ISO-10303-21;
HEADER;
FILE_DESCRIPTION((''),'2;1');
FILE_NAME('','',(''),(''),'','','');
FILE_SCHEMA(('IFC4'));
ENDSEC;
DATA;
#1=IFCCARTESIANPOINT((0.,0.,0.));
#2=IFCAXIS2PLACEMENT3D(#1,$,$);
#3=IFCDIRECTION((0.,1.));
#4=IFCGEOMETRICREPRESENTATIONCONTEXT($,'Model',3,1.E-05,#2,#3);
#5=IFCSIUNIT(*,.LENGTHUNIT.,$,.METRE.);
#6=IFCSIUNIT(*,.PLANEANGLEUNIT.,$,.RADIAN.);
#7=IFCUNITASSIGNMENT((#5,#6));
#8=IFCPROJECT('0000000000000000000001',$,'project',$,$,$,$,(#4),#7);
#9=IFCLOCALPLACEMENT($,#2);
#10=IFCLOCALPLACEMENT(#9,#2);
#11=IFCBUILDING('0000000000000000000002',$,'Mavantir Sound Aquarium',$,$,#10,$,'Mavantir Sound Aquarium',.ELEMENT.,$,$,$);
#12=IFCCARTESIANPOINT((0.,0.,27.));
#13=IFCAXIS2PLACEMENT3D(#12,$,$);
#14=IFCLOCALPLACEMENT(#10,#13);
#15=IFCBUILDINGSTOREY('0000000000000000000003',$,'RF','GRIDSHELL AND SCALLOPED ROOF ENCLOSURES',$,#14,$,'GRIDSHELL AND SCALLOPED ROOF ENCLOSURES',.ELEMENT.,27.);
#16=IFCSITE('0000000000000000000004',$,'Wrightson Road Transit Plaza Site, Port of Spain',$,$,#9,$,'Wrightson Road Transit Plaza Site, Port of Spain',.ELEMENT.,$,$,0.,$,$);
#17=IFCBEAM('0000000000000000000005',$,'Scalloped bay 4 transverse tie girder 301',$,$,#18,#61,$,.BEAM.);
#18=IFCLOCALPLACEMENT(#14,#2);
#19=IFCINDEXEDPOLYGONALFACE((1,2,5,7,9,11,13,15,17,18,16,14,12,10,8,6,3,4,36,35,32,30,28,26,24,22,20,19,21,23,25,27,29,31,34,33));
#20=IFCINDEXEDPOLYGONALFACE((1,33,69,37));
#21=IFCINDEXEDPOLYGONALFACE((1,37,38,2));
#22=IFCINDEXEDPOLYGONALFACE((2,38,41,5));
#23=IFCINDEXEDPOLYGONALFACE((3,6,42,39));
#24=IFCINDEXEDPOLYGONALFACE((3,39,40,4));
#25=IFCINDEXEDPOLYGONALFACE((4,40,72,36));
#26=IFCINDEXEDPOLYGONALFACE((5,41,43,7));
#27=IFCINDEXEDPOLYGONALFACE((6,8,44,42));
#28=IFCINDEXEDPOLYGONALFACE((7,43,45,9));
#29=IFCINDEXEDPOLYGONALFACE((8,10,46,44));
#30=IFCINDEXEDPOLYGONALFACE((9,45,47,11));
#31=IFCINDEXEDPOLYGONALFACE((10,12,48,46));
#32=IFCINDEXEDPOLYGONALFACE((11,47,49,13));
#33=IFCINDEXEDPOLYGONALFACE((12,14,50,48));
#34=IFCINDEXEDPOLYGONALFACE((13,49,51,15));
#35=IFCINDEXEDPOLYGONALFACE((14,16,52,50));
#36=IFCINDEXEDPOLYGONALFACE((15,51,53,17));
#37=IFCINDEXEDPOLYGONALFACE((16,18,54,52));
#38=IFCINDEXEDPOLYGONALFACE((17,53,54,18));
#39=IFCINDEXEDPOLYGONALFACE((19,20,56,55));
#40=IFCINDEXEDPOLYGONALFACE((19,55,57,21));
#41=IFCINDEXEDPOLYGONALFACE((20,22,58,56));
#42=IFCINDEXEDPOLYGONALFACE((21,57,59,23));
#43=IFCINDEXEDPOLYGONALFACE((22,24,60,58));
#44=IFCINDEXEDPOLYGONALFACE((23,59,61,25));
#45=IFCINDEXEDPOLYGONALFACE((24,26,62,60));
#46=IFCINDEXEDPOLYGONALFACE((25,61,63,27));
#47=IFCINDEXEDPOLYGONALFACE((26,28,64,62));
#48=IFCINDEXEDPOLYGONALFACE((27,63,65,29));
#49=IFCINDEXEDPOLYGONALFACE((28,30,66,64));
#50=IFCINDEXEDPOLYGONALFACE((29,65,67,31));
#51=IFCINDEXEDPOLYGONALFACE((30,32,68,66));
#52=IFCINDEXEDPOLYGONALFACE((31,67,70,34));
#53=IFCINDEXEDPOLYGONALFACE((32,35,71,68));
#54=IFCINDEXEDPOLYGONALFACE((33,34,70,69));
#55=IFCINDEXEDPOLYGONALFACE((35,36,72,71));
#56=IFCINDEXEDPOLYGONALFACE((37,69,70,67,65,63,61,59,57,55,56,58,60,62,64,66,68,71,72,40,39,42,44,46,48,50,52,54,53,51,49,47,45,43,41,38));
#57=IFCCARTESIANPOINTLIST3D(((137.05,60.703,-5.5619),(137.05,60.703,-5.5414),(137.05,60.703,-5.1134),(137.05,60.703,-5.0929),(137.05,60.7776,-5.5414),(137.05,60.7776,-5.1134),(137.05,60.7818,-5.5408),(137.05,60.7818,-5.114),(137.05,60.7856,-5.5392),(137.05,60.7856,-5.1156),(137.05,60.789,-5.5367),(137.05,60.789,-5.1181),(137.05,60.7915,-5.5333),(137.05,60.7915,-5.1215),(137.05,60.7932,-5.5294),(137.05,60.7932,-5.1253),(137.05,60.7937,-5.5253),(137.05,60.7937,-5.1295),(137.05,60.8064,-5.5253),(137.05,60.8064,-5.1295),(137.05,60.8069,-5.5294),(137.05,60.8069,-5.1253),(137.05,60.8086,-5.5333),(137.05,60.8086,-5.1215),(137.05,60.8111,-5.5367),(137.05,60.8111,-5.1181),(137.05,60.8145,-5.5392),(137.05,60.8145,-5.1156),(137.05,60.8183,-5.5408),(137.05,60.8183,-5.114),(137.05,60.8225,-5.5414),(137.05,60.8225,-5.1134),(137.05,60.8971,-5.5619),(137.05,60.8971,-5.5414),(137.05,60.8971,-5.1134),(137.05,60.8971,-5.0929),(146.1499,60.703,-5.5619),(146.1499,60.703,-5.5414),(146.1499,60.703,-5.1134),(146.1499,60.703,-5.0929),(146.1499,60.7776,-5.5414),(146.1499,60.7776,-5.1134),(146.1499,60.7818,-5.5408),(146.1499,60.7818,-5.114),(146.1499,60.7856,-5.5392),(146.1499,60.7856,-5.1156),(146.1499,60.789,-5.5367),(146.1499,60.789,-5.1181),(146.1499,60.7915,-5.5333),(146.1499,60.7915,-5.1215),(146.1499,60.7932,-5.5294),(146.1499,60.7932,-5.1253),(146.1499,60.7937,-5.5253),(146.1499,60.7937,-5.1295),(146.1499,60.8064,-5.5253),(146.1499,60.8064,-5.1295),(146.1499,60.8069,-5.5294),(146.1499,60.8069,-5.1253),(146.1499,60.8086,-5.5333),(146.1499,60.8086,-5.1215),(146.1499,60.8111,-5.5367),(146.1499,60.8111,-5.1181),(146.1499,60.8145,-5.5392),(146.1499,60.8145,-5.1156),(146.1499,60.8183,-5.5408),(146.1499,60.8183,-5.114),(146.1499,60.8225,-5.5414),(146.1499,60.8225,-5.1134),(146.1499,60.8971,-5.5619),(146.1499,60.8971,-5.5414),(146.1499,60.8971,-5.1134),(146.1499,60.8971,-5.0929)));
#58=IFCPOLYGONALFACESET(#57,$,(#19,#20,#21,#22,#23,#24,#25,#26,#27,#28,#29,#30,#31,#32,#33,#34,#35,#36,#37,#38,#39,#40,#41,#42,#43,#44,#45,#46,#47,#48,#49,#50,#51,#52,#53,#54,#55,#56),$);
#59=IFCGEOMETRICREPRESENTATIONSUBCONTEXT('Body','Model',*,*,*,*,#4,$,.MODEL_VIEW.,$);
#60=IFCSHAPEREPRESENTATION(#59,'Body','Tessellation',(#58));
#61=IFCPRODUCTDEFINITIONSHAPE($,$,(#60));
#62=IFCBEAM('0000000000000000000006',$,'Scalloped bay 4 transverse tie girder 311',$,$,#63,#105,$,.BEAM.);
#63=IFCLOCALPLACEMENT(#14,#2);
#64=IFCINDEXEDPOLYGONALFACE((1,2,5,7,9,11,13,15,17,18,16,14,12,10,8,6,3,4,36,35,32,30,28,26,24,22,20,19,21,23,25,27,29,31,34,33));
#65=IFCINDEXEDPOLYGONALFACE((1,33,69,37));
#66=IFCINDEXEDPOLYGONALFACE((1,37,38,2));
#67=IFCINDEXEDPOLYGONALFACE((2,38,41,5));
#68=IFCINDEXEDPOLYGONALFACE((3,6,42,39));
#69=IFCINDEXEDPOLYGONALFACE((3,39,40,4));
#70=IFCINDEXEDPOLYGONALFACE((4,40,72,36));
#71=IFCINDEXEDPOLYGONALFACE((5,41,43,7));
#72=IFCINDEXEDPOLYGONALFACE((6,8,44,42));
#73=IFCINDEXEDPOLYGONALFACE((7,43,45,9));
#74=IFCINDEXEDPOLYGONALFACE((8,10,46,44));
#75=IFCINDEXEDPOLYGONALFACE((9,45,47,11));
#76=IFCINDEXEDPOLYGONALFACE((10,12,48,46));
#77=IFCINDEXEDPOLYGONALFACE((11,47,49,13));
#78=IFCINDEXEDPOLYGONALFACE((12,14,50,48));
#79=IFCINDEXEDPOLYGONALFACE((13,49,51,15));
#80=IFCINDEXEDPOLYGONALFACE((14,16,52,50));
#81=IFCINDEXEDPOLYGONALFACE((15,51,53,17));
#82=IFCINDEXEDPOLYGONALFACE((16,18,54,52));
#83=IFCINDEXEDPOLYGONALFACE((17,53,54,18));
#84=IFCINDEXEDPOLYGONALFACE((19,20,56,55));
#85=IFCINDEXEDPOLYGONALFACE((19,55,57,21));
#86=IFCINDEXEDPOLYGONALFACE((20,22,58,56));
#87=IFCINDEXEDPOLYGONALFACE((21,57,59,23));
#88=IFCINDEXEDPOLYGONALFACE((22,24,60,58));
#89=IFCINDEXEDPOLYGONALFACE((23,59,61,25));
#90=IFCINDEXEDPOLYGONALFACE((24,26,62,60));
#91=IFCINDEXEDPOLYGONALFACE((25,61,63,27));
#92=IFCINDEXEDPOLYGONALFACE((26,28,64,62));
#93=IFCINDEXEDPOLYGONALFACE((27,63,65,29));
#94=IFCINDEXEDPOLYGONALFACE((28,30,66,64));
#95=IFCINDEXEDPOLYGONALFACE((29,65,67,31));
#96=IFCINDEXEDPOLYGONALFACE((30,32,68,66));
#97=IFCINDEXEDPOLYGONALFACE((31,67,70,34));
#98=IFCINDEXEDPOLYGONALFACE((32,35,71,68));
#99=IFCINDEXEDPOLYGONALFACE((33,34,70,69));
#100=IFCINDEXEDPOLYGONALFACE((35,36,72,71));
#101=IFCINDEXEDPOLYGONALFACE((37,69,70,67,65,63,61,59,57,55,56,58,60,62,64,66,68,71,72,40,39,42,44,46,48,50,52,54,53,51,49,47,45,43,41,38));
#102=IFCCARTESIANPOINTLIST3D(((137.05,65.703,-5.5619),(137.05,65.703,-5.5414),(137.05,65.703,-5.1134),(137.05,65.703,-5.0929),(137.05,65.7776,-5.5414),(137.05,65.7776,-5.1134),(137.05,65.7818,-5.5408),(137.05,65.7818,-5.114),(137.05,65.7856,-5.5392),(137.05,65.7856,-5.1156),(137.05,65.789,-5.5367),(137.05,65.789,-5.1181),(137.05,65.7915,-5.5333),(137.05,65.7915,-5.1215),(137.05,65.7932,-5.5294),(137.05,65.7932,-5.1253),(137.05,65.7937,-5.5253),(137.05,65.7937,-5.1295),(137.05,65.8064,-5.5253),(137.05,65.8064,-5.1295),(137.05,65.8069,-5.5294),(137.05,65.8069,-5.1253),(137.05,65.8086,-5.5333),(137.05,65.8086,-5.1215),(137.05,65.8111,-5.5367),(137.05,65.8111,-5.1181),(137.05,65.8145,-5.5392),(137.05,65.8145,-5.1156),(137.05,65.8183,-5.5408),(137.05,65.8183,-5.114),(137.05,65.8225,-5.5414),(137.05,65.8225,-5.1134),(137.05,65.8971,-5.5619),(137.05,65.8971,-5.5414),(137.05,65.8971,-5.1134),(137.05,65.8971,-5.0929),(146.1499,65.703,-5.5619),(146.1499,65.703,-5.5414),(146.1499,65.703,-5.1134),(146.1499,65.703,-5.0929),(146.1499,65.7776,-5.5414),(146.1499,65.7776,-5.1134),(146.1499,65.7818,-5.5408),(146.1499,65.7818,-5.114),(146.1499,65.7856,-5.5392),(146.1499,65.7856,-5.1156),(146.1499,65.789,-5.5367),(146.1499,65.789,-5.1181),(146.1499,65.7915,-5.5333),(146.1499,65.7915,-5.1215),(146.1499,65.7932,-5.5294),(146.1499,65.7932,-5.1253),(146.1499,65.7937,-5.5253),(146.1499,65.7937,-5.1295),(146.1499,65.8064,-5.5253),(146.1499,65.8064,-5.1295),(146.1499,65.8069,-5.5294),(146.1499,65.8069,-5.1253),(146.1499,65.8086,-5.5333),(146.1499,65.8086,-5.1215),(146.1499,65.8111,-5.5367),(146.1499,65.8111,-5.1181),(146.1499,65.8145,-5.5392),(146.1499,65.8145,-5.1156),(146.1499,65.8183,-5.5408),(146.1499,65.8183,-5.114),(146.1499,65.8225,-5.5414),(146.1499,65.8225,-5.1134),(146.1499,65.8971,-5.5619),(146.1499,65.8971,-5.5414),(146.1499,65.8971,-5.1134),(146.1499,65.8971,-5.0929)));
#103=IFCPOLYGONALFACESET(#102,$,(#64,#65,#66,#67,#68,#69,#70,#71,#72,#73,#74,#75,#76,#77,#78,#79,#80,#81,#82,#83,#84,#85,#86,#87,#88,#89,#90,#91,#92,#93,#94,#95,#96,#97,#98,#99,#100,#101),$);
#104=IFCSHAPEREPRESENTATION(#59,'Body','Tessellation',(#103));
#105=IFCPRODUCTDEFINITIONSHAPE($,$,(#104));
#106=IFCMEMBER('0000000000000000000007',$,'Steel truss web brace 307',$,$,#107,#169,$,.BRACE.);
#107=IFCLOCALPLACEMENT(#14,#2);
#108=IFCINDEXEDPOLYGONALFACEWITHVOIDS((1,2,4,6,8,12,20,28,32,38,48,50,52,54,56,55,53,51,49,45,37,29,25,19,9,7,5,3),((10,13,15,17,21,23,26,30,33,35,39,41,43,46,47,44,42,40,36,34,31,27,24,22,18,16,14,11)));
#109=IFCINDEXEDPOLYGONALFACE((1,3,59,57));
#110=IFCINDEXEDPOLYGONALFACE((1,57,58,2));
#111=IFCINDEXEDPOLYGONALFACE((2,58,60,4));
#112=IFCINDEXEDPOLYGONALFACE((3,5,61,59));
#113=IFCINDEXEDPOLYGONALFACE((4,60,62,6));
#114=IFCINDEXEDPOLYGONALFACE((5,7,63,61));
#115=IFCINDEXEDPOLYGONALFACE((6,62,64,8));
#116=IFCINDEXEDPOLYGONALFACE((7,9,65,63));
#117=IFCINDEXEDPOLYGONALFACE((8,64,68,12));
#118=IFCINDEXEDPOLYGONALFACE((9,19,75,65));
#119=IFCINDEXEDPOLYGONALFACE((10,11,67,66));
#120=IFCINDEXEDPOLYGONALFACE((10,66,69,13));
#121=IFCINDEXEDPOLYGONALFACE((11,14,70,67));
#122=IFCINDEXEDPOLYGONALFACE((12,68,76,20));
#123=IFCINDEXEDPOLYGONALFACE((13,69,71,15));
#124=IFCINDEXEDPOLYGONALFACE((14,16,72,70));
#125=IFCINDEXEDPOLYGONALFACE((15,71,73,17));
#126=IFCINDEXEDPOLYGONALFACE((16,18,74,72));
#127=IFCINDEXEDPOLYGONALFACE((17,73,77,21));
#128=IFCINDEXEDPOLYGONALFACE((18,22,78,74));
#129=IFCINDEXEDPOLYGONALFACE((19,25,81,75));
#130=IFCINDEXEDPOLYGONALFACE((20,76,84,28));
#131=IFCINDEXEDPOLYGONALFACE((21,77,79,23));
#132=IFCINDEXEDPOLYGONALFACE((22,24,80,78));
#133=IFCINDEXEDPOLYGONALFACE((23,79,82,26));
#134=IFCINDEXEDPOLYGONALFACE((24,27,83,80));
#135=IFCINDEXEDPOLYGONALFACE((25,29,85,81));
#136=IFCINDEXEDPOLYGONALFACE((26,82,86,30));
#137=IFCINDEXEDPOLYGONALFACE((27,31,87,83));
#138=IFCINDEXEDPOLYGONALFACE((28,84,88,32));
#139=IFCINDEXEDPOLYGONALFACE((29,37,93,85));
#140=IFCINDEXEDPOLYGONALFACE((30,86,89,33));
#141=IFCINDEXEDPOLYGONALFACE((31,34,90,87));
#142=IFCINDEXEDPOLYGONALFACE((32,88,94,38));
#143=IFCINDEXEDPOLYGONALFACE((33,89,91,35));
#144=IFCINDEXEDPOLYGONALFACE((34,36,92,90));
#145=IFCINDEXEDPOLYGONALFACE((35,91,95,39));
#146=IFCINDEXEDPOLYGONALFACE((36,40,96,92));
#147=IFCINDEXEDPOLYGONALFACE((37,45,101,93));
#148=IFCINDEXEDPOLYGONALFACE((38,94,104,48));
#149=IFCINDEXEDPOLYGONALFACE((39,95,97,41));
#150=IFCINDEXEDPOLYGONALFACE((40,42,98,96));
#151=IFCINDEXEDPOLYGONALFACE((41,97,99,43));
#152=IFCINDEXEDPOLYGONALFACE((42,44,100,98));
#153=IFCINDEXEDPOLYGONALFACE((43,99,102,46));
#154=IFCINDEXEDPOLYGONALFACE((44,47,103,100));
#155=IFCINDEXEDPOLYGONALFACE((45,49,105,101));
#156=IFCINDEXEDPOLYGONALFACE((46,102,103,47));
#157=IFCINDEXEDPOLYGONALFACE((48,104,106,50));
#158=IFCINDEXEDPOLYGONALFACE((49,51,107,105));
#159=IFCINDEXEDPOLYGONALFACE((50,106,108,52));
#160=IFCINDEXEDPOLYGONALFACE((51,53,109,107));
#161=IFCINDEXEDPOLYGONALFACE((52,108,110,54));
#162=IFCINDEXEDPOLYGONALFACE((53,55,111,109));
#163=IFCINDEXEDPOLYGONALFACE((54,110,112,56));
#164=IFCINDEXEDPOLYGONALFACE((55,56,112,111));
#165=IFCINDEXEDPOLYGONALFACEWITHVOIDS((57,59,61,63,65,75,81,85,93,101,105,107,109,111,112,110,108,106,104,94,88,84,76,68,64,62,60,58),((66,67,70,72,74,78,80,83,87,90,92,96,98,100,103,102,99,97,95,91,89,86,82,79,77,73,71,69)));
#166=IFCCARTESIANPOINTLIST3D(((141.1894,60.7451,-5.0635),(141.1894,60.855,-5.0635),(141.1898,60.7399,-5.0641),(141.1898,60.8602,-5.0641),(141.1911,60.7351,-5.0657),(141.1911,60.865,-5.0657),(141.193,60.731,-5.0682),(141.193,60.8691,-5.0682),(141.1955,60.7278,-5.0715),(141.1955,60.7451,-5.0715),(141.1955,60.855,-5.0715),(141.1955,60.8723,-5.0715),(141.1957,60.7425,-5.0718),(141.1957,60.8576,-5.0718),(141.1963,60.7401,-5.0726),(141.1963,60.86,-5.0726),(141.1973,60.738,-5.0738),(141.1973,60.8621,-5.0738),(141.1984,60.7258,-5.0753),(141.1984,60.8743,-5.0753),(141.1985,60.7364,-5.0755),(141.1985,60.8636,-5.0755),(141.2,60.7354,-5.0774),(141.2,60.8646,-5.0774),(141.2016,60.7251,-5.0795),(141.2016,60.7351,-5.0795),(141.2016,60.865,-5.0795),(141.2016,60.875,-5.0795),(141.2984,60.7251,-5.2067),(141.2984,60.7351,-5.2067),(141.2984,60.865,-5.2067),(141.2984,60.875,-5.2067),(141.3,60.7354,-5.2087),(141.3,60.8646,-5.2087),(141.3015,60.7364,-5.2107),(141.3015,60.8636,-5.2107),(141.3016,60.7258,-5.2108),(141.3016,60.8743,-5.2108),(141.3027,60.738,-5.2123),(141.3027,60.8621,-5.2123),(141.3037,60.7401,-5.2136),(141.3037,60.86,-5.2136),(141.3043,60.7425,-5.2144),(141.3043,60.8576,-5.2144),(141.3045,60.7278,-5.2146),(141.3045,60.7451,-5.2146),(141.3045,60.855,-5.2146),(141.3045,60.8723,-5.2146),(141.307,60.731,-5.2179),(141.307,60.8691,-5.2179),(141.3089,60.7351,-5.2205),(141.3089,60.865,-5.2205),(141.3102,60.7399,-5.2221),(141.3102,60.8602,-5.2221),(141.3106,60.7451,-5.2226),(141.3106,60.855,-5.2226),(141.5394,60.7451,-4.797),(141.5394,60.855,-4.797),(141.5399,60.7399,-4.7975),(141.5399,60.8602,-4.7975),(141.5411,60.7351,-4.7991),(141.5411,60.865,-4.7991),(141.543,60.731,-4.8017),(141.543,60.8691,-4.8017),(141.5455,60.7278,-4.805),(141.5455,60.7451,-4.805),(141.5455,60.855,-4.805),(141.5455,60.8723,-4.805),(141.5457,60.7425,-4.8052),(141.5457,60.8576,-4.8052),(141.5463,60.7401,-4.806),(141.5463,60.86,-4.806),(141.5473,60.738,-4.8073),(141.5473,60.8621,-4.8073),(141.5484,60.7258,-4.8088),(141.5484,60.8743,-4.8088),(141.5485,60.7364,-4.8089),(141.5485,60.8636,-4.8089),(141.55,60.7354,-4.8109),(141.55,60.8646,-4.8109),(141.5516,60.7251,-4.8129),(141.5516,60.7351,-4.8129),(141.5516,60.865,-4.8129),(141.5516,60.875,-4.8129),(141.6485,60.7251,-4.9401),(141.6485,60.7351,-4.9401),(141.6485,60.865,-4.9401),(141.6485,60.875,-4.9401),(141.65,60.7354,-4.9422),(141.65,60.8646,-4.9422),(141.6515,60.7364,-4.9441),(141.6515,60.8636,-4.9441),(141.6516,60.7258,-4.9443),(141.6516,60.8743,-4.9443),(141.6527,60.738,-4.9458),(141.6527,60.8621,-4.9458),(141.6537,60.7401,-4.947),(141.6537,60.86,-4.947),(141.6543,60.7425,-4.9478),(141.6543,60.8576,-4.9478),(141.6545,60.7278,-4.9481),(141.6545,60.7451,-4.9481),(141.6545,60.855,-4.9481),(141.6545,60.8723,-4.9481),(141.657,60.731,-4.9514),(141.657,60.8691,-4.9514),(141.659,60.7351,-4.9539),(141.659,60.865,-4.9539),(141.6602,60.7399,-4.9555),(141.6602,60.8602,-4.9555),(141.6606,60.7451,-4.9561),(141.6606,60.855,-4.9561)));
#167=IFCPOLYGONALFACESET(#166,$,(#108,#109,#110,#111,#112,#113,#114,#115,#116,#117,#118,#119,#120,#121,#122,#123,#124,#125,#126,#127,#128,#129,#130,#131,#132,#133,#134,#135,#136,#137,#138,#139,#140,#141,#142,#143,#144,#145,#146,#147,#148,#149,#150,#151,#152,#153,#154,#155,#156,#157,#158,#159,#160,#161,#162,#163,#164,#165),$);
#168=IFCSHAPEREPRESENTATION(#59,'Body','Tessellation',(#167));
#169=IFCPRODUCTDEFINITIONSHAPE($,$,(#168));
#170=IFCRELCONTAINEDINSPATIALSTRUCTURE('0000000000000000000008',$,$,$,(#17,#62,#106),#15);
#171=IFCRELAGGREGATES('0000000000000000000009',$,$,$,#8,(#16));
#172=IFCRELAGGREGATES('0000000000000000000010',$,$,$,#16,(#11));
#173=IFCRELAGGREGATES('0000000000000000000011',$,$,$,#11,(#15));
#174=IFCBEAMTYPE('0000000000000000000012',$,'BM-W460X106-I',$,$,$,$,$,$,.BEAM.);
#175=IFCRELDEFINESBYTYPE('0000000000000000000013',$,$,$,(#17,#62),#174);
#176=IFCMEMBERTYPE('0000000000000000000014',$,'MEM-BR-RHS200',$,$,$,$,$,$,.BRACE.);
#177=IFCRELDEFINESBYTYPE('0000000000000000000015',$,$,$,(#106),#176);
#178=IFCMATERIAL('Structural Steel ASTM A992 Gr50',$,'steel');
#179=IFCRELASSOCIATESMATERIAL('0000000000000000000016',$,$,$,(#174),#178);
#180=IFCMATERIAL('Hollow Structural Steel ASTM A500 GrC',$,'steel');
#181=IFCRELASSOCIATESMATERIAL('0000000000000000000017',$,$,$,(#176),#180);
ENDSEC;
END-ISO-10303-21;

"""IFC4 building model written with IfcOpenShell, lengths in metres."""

from ifc_helpers import new_model, si_unit, direction, frame, origin, origin_2d, place, context, subcontext, project, spatial, hollow_rectangle, i_section, extrude, material, material_profile, profile_set, type_object, element, save


model = new_model("IFC4")

# Units and contexts
model_context = context("Model", 3, precision=1e-05, world=origin(), true_north=direction((0.0, 1.0)))
body_context = subcontext(model_context, "Body", "Model", "MODEL_VIEW")
ifc_project = project(units=[si_unit("LENGTHUNIT", "METRE"), si_unit("PLANEANGLEUNIT", "RADIAN")], contexts=[model_context])

# Site, building, storey
site_placement = place(None, origin())
site = spatial("IfcSite", under=ifc_project, at=site_placement, Name="Wrightson Road Transit Plaza Site, Port of Spain", LongName="Wrightson Road Transit Plaza Site, Port of Spain", CompositionType="ELEMENT", RefElevation=0.0)
building_placement = place(site_placement, origin())
building = spatial("IfcBuilding", under=site, at=building_placement, Name="Mavantir Sound Aquarium", LongName="Mavantir Sound Aquarium", CompositionType="ELEMENT")
storey_placement = place(building_placement, frame((0.0, 0.0, 27.0)))
storey = spatial("IfcBuildingStorey", under=building, at=storey_placement, Name="RF", Description="GRIDSHELL AND SCALLOPED ROOF ENCLOSURES", LongName="GRIDSHELL AND SCALLOPED ROOF ENCLOSURES", CompositionType="ELEMENT", Elevation=27.0)

# Beams
ifc_material_1 = material(Name="Structural Steel ASTM A992 Gr50", Category="steel")
ifc_material_profile_1 = material_profile(ifc_material_1, i_section(OverallWidth=0.1941, OverallDepth=0.469, WebThickness=0.0127, FlangeThickness=0.0205, FilletRadius=0.0161, at=origin_2d()), Name="W460X106")
ifc_profile_set_1 = profile_set([ifc_material_profile_1], Name="Structural Steel ASTM A992 Gr50")
beam_type = type_object("IfcBeamType", Name="BM-W460X106-I", PredefinedType="BEAM", material=ifc_profile_set_1)
for number, where, z_axis, x_axis, name in (
    (1, (137.05, 60.8, -5.3274), (1.0, 0.0, 0.0), (0.0, 1.0, 0.0), "Scalloped bay 4 transverse tie girder 301"),
    (2, (137.05, 65.8, -5.3274), (1.0, 0.0, 0.0), (0.0, 1.0, 0.0), "Scalloped bay 4 transverse tie girder 311"),
):
    element("IfcBeam", number, at=place(storey_placement, frame(where, z_axis=z_axis, x_axis=x_axis)), inside=storey, type_object=beam_type, Name=name, PredefinedType="BEAM", context=body_context, shape_type="SweptSolid", body=[
        extrude(i_section(OverallWidth=0.1941, OverallDepth=0.469, WebThickness=0.0127, FlangeThickness=0.0205, FilletRadius=0.0161, at=origin_2d()), origin(), (0.0, 0.0, 1.0), 9.0999),
    ])

# Member
ifc_material_2 = material(Name="Hollow Structural Steel ASTM A500 GrC", Category="steel")
ifc_material_profile_2 = material_profile(ifc_material_2, hollow_rectangle(XDim=0.1499, YDim=0.2, WallThickness=0.01, InnerFilletRadius=0.01, OuterFilletRadius=0.02, at=origin_2d()), Name="RHS 200X150X10")
ifc_profile_set_2 = profile_set([ifc_material_profile_2], Name="Hollow Structural Steel ASTM A500 GrC")
member_type_1 = type_object("IfcMemberType", Name="MEM-BR-RHS200", PredefinedType="BRACE", material=ifc_profile_set_2)
for number, where, z_axis, x_axis, name in (
    (3, (141.25, 60.8, -5.1431), (0.795585, 0.0, 0.605843), (0.0, 1.0, 0.0), "Steel truss web brace 307"),
):
    element("IfcMember", number, at=place(storey_placement, frame(where, z_axis=z_axis, x_axis=x_axis)), inside=storey, type_object=member_type_1, Name=name, PredefinedType="BRACE", context=body_context, shape_type="SweptSolid", body=[
        extrude(hollow_rectangle(XDim=0.1499, YDim=0.2, WallThickness=0.01, InnerFilletRadius=0.01, OuterFilletRadius=0.02, at=origin_2d()), origin(), (0.0, 0.0, 1.0), 0.4399),
    ])

save(model, "model.ifc")
